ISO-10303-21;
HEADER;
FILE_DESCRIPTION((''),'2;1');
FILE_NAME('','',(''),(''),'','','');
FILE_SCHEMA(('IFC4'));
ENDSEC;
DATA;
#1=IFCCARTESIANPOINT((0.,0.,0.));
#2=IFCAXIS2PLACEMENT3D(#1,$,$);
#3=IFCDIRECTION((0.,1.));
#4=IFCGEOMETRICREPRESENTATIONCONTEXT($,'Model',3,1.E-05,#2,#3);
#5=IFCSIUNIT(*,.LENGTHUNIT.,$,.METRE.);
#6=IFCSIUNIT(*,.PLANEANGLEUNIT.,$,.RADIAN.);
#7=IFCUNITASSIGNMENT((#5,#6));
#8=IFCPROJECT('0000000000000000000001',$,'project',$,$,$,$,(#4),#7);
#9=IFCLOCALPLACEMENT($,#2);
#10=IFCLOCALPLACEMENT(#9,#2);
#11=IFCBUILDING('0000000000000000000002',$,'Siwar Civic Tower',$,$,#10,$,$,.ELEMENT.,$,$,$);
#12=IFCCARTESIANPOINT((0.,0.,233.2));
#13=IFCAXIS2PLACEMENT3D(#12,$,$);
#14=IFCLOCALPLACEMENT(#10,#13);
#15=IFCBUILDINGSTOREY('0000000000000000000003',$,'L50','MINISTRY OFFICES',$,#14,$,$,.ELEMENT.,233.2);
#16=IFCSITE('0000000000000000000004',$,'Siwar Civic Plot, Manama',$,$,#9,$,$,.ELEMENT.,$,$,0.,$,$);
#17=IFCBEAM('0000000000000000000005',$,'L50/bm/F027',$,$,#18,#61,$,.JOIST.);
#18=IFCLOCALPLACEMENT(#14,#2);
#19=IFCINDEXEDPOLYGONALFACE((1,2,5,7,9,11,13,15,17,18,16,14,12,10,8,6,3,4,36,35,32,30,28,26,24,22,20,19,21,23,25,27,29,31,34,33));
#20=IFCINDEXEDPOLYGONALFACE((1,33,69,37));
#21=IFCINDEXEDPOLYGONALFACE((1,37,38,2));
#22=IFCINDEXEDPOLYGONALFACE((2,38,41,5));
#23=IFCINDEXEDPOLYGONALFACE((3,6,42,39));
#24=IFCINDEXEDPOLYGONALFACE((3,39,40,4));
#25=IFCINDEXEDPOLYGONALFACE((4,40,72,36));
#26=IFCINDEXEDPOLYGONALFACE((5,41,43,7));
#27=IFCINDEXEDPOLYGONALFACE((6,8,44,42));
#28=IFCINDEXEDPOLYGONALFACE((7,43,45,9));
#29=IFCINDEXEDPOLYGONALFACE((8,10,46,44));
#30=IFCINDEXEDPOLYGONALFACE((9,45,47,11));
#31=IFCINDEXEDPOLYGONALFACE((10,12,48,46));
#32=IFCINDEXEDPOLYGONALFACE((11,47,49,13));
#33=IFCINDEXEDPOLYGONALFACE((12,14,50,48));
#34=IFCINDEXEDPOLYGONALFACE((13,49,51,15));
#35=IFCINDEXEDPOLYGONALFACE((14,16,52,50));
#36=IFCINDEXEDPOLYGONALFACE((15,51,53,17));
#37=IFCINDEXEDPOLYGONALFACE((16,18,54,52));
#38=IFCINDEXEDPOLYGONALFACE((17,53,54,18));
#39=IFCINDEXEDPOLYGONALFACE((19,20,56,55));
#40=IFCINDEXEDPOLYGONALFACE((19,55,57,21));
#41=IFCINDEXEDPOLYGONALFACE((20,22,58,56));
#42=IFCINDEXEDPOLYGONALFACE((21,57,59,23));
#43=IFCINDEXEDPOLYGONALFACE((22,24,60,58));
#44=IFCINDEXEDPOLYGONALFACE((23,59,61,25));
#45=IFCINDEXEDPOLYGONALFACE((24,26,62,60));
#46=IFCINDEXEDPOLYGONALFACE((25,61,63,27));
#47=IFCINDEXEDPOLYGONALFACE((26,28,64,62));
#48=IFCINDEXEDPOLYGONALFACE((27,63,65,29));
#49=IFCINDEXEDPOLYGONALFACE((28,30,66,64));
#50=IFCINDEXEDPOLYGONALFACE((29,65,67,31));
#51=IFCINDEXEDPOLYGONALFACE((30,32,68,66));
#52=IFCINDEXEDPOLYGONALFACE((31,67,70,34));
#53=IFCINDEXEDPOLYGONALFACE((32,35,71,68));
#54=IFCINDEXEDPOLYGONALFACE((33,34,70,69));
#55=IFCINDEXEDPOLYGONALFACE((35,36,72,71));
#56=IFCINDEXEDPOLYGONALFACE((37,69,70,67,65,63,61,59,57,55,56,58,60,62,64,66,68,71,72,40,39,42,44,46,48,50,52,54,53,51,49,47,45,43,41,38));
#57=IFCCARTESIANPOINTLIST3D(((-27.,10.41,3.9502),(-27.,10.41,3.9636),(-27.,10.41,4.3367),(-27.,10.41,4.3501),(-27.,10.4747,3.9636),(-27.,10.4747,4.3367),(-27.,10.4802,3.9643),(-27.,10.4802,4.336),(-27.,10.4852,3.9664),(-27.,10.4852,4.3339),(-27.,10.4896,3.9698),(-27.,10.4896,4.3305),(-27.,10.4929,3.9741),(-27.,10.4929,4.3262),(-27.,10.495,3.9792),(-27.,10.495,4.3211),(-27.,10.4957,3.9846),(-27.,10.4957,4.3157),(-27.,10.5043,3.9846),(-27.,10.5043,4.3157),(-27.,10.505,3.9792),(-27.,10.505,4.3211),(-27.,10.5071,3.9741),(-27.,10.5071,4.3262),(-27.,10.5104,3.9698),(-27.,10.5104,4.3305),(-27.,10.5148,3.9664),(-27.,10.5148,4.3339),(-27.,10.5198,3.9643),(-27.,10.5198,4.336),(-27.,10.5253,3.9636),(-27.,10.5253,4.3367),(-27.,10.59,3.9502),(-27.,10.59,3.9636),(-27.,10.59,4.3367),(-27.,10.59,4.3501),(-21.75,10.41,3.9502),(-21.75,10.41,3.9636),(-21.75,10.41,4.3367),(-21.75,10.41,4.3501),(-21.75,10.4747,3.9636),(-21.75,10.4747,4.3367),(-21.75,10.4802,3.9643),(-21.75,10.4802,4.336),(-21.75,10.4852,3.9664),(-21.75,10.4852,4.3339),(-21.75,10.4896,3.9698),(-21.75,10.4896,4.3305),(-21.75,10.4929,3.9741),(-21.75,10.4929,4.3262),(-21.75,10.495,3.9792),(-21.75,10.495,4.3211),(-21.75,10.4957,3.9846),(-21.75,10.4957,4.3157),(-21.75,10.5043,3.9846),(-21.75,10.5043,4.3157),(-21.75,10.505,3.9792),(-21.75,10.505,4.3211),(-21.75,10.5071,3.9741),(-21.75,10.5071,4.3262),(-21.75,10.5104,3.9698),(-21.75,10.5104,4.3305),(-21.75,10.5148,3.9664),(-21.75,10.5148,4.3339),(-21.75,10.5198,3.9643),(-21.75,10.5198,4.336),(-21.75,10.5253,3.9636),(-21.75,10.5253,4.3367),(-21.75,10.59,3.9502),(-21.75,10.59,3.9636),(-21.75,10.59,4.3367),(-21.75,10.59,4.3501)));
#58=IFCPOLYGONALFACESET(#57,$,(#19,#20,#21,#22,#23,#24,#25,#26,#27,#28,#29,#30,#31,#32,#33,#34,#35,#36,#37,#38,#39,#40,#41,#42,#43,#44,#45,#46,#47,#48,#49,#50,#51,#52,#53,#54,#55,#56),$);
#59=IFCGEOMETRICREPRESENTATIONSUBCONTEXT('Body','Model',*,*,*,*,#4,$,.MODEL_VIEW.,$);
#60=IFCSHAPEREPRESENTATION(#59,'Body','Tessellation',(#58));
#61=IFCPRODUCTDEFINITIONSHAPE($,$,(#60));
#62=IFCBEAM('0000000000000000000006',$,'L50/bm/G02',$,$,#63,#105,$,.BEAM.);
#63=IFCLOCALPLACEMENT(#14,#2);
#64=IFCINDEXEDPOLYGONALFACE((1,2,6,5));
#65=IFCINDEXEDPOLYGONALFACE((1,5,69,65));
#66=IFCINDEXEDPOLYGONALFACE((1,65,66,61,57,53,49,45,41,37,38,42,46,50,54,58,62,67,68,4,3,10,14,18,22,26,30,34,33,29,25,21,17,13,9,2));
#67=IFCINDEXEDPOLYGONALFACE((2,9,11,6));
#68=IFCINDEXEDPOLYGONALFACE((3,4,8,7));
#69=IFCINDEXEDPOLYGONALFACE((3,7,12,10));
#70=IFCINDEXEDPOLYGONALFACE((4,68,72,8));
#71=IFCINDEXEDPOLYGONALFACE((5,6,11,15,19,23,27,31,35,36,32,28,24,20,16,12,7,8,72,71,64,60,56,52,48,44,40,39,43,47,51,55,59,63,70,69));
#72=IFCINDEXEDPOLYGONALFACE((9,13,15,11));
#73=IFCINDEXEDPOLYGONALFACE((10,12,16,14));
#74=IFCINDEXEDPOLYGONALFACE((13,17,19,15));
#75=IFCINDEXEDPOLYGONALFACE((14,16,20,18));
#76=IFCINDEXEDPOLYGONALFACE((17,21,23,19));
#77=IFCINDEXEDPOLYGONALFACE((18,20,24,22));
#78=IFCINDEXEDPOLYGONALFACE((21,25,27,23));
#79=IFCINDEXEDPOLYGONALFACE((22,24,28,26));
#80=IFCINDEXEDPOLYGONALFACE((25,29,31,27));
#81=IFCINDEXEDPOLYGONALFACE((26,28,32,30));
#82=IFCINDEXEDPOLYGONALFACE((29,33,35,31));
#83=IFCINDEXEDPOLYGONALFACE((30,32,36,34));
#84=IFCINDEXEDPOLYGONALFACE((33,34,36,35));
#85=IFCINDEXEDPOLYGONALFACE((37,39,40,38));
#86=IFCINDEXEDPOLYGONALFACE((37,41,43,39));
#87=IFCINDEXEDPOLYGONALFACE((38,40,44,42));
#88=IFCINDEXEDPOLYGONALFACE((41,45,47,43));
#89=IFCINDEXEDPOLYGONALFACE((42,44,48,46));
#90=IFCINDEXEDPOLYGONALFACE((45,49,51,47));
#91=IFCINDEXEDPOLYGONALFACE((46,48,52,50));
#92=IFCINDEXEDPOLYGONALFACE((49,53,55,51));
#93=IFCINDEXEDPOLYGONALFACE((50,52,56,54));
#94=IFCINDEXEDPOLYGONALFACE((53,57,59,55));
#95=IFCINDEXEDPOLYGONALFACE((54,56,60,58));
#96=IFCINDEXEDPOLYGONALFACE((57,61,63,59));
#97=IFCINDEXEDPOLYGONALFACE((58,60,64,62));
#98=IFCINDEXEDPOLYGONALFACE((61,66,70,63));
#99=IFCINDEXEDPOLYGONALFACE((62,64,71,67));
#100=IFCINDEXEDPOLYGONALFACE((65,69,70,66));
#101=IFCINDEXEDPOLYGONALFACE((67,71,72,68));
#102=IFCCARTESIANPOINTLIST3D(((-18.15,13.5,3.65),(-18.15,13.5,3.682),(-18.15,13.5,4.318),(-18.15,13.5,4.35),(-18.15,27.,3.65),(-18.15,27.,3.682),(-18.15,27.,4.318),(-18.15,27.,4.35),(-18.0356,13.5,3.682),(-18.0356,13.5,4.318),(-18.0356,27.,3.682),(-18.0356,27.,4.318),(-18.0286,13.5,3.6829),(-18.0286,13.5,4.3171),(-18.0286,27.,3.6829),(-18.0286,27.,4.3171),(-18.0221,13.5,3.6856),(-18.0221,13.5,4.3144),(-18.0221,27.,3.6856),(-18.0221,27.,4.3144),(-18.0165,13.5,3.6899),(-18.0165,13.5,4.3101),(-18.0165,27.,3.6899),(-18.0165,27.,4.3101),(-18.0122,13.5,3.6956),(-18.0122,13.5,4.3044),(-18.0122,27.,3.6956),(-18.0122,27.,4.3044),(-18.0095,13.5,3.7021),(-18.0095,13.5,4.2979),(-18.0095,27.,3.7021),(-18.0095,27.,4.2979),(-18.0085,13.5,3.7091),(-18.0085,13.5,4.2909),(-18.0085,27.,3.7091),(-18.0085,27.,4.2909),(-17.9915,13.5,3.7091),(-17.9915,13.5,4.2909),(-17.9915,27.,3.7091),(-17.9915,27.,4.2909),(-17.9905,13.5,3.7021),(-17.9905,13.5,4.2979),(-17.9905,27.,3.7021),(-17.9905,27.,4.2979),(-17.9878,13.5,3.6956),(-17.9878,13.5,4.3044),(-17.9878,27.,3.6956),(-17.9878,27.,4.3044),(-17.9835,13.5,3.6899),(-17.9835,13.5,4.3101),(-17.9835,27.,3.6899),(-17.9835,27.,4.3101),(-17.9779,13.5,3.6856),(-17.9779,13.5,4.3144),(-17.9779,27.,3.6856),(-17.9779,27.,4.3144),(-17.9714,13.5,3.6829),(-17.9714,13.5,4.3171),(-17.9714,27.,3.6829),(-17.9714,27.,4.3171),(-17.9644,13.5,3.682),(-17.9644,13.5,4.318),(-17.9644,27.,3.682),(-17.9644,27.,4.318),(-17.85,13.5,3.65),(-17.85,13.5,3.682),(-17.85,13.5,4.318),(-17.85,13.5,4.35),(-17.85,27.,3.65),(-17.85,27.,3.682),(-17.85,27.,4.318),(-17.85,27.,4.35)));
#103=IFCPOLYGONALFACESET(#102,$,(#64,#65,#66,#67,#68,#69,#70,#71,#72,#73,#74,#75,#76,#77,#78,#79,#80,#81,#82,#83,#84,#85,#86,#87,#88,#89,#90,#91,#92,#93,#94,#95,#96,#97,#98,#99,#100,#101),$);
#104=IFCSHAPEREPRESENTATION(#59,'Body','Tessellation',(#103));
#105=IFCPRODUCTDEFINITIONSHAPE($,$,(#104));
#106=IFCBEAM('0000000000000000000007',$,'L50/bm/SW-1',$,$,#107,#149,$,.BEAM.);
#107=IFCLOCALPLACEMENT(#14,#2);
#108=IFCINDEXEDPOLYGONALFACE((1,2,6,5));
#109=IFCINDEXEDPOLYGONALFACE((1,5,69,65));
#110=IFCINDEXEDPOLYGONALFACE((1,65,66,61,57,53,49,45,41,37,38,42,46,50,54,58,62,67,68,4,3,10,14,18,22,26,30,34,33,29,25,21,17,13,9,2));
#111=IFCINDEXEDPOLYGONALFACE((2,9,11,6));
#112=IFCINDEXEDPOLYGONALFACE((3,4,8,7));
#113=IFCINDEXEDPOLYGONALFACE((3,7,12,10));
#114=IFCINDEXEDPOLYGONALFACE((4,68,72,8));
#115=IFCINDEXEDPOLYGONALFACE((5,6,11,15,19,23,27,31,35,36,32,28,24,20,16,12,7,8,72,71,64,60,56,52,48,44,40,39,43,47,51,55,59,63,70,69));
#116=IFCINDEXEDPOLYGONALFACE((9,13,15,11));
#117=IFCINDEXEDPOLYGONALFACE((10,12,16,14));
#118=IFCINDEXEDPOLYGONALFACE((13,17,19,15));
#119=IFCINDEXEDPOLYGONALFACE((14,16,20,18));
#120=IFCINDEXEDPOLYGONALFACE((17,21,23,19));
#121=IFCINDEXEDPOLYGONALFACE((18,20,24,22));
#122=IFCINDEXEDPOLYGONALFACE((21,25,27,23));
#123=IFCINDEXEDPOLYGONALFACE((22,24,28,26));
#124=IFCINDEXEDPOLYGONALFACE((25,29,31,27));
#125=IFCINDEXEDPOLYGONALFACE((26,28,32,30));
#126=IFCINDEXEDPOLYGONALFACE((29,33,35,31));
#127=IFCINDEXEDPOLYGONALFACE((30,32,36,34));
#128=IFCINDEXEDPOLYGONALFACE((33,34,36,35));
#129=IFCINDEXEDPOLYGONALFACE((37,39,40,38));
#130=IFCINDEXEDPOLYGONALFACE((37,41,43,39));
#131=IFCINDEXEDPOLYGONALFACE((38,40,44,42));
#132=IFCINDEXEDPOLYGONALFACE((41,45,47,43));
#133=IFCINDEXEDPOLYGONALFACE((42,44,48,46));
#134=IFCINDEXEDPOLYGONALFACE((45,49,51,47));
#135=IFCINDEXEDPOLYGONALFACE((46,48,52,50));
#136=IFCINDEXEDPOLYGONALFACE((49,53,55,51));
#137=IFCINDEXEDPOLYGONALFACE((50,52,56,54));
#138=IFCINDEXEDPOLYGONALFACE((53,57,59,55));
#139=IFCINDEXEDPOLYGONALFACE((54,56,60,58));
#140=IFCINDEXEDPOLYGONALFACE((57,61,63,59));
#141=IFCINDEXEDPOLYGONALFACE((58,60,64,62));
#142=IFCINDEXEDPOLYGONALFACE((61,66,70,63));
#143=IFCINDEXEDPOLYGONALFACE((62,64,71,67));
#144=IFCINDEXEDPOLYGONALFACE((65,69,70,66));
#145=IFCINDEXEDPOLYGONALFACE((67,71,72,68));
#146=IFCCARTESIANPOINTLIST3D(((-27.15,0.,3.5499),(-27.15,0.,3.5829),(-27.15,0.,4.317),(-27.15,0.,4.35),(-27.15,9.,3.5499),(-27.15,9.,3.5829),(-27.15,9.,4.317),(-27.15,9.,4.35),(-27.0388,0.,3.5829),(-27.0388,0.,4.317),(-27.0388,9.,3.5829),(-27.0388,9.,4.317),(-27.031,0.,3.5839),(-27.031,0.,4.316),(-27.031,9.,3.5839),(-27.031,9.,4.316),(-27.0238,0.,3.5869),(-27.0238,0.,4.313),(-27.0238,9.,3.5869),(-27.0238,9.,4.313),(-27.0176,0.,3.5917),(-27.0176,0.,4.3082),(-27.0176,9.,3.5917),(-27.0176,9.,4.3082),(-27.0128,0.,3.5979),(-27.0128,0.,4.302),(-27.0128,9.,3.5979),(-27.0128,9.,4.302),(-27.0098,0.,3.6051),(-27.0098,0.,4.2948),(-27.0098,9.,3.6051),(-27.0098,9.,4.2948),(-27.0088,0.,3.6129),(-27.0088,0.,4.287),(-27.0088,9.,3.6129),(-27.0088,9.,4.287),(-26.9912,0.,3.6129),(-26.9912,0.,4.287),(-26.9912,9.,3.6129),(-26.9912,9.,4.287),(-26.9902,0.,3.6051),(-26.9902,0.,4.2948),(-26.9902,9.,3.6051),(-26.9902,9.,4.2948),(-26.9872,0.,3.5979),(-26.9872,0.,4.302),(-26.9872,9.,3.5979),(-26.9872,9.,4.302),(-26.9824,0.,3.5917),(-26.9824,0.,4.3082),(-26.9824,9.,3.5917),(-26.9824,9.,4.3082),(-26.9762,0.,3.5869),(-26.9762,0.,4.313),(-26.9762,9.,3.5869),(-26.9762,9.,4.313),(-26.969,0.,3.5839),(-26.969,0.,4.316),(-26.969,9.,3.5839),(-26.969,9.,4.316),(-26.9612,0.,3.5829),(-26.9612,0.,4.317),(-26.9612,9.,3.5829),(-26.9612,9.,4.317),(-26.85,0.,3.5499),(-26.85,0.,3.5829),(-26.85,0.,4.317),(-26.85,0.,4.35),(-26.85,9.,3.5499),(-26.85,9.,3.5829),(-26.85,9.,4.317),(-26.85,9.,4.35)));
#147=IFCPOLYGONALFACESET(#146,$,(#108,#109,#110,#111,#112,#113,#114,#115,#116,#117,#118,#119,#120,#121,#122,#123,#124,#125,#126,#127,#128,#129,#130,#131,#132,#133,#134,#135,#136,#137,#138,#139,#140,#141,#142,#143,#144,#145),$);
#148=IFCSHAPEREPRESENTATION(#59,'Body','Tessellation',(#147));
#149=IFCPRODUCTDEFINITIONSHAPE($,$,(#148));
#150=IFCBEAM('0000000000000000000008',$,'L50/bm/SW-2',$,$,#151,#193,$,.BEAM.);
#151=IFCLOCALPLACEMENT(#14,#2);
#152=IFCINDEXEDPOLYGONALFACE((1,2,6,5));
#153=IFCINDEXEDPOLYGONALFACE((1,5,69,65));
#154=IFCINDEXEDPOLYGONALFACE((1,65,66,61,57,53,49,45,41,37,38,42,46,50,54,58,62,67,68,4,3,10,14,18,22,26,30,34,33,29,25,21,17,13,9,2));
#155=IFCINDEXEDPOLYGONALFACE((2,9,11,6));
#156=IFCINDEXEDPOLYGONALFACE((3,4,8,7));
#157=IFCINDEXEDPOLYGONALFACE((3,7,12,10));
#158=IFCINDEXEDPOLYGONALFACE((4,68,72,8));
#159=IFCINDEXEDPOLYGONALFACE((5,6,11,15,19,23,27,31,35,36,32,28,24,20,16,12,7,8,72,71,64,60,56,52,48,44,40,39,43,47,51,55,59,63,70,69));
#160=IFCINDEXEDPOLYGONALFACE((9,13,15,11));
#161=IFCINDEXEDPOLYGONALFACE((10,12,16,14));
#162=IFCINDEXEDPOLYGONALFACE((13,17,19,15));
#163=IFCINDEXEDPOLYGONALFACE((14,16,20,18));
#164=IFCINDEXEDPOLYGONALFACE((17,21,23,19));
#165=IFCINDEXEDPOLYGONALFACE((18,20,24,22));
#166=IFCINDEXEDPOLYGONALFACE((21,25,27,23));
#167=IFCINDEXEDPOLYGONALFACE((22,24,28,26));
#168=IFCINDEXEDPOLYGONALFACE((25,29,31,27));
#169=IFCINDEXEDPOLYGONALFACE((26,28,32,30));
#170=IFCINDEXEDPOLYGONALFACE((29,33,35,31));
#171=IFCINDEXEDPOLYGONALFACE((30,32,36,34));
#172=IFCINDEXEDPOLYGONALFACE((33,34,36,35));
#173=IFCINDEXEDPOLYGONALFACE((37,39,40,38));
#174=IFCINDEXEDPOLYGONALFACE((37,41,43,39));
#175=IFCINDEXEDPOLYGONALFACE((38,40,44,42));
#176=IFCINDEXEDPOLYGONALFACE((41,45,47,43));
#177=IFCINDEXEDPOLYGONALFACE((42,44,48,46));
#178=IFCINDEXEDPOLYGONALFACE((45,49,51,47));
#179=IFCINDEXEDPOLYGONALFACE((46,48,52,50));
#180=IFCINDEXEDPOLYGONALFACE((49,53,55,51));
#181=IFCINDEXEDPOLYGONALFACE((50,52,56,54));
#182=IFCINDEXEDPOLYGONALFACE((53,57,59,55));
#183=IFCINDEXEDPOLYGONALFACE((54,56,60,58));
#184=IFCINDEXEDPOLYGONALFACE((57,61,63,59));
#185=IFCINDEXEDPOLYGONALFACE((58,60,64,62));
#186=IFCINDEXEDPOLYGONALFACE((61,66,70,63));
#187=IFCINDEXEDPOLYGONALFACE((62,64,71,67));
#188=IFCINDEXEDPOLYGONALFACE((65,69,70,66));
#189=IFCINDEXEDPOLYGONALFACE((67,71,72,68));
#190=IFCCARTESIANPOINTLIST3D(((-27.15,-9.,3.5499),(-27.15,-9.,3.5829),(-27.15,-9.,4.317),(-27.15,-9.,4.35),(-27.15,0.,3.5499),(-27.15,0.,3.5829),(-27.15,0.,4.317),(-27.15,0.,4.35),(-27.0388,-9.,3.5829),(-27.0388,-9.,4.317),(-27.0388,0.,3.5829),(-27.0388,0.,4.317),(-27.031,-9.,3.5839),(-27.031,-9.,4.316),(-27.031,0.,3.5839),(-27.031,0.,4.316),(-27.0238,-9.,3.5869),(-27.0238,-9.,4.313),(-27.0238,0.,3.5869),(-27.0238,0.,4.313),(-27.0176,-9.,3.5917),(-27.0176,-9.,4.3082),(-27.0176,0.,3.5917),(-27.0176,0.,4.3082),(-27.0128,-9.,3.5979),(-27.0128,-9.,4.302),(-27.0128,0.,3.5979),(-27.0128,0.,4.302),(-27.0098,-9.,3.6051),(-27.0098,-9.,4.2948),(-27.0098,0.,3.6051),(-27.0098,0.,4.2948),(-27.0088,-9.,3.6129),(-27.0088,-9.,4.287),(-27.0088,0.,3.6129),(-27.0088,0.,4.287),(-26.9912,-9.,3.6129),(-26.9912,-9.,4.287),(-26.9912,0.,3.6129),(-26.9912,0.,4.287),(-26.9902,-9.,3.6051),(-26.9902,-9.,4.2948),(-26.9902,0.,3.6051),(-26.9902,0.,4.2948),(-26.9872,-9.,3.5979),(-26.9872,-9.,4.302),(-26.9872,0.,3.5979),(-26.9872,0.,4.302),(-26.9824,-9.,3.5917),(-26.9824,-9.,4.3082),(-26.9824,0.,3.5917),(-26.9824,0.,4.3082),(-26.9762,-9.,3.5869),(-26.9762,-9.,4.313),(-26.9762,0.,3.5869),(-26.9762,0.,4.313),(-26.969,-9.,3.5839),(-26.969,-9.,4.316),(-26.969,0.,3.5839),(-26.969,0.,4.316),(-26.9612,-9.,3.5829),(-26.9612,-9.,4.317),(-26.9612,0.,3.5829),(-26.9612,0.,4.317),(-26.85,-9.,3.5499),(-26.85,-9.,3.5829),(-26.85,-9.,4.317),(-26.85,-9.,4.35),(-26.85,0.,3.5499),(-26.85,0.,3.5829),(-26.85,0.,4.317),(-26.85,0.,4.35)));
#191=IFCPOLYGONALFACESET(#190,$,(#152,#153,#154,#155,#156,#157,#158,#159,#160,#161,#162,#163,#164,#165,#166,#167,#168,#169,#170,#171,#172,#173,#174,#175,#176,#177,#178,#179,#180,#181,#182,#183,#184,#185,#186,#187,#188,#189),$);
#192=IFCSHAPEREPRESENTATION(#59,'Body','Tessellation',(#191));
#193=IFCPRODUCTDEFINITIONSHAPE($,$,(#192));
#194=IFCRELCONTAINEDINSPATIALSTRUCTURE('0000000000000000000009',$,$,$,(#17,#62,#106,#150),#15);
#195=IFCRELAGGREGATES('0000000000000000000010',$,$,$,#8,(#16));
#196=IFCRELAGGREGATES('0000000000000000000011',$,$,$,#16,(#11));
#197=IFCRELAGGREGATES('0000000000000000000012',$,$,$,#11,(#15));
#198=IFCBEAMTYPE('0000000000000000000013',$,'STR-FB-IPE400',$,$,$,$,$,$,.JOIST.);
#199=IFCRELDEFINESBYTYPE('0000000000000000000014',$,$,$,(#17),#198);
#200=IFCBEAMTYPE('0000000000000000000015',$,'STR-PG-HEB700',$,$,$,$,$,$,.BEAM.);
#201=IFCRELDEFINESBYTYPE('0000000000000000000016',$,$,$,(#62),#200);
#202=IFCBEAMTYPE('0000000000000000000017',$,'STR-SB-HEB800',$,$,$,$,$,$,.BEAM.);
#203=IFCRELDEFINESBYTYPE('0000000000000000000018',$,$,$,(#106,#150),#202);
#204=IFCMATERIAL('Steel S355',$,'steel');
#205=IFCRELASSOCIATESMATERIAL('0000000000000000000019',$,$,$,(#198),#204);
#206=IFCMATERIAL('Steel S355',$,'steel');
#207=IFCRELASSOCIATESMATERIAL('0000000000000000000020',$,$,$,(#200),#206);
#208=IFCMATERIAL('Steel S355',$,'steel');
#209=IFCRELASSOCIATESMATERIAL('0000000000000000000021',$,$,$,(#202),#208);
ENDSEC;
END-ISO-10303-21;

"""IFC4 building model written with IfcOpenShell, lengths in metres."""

from ifc_helpers import new_model, si_unit, direction, frame, origin, origin_2d, place, context, subcontext, project, spatial, i_section, extrude, material, material_profile, profile_set, type_object, element, save


model = new_model("IFC4")

# Units and contexts
model_context = context("Model", 3, precision=1e-05, world=origin(), true_north=direction((0.0, 1.0)))
body_context = subcontext(model_context, "Body", "Model", "MODEL_VIEW")
ifc_project = project(units=[si_unit("LENGTHUNIT", "METRE"), si_unit("PLANEANGLEUNIT", "RADIAN")], contexts=[model_context])

# Site, building, storey
site_placement = place(None, origin())
site = spatial("IfcSite", under=ifc_project, at=site_placement, Name="Siwar Civic Plot, Manama", CompositionType="ELEMENT", RefElevation=0.0)
building_placement = place(site_placement, origin())
building = spatial("IfcBuilding", under=site, at=building_placement, Name="Siwar Civic Tower", CompositionType="ELEMENT")
storey_placement = place(building_placement, frame((0.0, 0.0, 233.2)))
storey = spatial("IfcBuildingStorey", under=building, at=storey_placement, Name="L50", Description="MINISTRY OFFICES", CompositionType="ELEMENT", Elevation=233.2)

# Beams
ifc_material_1 = material(Name="Steel S355", Category="steel")
ifc_material_profile_1 = material_profile(ifc_material_1, i_section(OverallWidth=0.1799, OverallDepth=0.3999, WebThickness=0.0085, FlangeThickness=0.0134, FilletRadius=0.021, at=origin_2d()), Name="IPE400")
ifc_profile_set_1 = profile_set([ifc_material_profile_1], Name="Steel S355")
beam_type_1 = type_object("IfcBeamType", Name="STR-FB-IPE400", PredefinedType="JOIST", material=ifc_profile_set_1)
for number, where, z_axis, x_axis, name in (
    (1, (-27.0, 10.5, 4.1501), (1.0, 0.0, 0.0), (0.0, 1.0, 0.0), "L50/bm/F027"),
):
    element("IfcBeam", number, at=place(storey_placement, frame(where, z_axis=z_axis, x_axis=x_axis)), inside=storey, type_object=beam_type_1, Name=name, PredefinedType="JOIST", context=body_context, shape_type="SweptSolid", body=[
        extrude(i_section(OverallWidth=0.1799, OverallDepth=0.3999, WebThickness=0.0085, FlangeThickness=0.0134, FilletRadius=0.021, at=origin_2d()), origin(), (0.0, 0.0, 1.0), 5.25),
    ])
ifc_material_2 = material(Name="Steel S355", Category="steel")
ifc_material_profile_2 = material_profile(ifc_material_2, i_section(OverallWidth=0.3, OverallDepth=0.7, WebThickness=0.0171, FlangeThickness=0.032, FilletRadius=0.0271, at=origin_2d()), Name="HEB700")
ifc_profile_set_2 = profile_set([ifc_material_profile_2], Name="Steel S355")
beam_type_2 = type_object("IfcBeamType", Name="STR-PG-HEB700", PredefinedType="BEAM", material=ifc_profile_set_2)
beam_placement = place(storey_placement, frame((-18.0, 13.5, 4.0), z_axis=(0.0, 1.0, 0.0), x_axis=(-1.0, 0.0, 0.0)))
element("IfcBeam", 2, at=beam_placement, inside=storey, type_object=beam_type_2, Name="L50/bm/G02", PredefinedType="BEAM", context=body_context, shape_type="SweptSolid", body=[
    extrude(i_section(OverallWidth=0.3, OverallDepth=0.7, WebThickness=0.0171, FlangeThickness=0.032, FilletRadius=0.0271, at=origin_2d()), origin(), (0.0, 0.0, 1.0), 13.5),
])
ifc_material_3 = material(Name="Steel S355", Category="steel")
ifc_material_profile_3 = material_profile(ifc_material_3, i_section(OverallWidth=0.3, OverallDepth=0.8, WebThickness=0.0176, FlangeThickness=0.033, FilletRadius=0.03, at=origin_2d()), Name="HEB800")
ifc_profile_set_3 = profile_set([ifc_material_profile_3], Name="Steel S355")
beam_type_3 = type_object("IfcBeamType", Name="STR-SB-HEB800", PredefinedType="BEAM", material=ifc_profile_set_3)
for number, where, z_axis, x_axis, name in (
    (3, (-27.0, 9.0, 3.95), (0.0, -1.0, 0.0), (1.0, 0.0, 0.0), "L50/bm/SW-1"),
    (4, (-27.0, 0.0, 3.95), (0.0, -1.0, 0.0), (1.0, 0.0, 0.0), "L50/bm/SW-2"),
):
    element("IfcBeam", number, at=place(storey_placement, frame(where, z_axis=z_axis, x_axis=x_axis)), inside=storey, type_object=beam_type_3, Name=name, PredefinedType="BEAM", context=body_context, shape_type="SweptSolid", body=[
        extrude(i_section(OverallWidth=0.3, OverallDepth=0.8, WebThickness=0.0176, FlangeThickness=0.033, FilletRadius=0.03, at=origin_2d()), origin(), (0.0, 0.0, 1.0), 9.0),
    ])

save(model, "model.ifc")
